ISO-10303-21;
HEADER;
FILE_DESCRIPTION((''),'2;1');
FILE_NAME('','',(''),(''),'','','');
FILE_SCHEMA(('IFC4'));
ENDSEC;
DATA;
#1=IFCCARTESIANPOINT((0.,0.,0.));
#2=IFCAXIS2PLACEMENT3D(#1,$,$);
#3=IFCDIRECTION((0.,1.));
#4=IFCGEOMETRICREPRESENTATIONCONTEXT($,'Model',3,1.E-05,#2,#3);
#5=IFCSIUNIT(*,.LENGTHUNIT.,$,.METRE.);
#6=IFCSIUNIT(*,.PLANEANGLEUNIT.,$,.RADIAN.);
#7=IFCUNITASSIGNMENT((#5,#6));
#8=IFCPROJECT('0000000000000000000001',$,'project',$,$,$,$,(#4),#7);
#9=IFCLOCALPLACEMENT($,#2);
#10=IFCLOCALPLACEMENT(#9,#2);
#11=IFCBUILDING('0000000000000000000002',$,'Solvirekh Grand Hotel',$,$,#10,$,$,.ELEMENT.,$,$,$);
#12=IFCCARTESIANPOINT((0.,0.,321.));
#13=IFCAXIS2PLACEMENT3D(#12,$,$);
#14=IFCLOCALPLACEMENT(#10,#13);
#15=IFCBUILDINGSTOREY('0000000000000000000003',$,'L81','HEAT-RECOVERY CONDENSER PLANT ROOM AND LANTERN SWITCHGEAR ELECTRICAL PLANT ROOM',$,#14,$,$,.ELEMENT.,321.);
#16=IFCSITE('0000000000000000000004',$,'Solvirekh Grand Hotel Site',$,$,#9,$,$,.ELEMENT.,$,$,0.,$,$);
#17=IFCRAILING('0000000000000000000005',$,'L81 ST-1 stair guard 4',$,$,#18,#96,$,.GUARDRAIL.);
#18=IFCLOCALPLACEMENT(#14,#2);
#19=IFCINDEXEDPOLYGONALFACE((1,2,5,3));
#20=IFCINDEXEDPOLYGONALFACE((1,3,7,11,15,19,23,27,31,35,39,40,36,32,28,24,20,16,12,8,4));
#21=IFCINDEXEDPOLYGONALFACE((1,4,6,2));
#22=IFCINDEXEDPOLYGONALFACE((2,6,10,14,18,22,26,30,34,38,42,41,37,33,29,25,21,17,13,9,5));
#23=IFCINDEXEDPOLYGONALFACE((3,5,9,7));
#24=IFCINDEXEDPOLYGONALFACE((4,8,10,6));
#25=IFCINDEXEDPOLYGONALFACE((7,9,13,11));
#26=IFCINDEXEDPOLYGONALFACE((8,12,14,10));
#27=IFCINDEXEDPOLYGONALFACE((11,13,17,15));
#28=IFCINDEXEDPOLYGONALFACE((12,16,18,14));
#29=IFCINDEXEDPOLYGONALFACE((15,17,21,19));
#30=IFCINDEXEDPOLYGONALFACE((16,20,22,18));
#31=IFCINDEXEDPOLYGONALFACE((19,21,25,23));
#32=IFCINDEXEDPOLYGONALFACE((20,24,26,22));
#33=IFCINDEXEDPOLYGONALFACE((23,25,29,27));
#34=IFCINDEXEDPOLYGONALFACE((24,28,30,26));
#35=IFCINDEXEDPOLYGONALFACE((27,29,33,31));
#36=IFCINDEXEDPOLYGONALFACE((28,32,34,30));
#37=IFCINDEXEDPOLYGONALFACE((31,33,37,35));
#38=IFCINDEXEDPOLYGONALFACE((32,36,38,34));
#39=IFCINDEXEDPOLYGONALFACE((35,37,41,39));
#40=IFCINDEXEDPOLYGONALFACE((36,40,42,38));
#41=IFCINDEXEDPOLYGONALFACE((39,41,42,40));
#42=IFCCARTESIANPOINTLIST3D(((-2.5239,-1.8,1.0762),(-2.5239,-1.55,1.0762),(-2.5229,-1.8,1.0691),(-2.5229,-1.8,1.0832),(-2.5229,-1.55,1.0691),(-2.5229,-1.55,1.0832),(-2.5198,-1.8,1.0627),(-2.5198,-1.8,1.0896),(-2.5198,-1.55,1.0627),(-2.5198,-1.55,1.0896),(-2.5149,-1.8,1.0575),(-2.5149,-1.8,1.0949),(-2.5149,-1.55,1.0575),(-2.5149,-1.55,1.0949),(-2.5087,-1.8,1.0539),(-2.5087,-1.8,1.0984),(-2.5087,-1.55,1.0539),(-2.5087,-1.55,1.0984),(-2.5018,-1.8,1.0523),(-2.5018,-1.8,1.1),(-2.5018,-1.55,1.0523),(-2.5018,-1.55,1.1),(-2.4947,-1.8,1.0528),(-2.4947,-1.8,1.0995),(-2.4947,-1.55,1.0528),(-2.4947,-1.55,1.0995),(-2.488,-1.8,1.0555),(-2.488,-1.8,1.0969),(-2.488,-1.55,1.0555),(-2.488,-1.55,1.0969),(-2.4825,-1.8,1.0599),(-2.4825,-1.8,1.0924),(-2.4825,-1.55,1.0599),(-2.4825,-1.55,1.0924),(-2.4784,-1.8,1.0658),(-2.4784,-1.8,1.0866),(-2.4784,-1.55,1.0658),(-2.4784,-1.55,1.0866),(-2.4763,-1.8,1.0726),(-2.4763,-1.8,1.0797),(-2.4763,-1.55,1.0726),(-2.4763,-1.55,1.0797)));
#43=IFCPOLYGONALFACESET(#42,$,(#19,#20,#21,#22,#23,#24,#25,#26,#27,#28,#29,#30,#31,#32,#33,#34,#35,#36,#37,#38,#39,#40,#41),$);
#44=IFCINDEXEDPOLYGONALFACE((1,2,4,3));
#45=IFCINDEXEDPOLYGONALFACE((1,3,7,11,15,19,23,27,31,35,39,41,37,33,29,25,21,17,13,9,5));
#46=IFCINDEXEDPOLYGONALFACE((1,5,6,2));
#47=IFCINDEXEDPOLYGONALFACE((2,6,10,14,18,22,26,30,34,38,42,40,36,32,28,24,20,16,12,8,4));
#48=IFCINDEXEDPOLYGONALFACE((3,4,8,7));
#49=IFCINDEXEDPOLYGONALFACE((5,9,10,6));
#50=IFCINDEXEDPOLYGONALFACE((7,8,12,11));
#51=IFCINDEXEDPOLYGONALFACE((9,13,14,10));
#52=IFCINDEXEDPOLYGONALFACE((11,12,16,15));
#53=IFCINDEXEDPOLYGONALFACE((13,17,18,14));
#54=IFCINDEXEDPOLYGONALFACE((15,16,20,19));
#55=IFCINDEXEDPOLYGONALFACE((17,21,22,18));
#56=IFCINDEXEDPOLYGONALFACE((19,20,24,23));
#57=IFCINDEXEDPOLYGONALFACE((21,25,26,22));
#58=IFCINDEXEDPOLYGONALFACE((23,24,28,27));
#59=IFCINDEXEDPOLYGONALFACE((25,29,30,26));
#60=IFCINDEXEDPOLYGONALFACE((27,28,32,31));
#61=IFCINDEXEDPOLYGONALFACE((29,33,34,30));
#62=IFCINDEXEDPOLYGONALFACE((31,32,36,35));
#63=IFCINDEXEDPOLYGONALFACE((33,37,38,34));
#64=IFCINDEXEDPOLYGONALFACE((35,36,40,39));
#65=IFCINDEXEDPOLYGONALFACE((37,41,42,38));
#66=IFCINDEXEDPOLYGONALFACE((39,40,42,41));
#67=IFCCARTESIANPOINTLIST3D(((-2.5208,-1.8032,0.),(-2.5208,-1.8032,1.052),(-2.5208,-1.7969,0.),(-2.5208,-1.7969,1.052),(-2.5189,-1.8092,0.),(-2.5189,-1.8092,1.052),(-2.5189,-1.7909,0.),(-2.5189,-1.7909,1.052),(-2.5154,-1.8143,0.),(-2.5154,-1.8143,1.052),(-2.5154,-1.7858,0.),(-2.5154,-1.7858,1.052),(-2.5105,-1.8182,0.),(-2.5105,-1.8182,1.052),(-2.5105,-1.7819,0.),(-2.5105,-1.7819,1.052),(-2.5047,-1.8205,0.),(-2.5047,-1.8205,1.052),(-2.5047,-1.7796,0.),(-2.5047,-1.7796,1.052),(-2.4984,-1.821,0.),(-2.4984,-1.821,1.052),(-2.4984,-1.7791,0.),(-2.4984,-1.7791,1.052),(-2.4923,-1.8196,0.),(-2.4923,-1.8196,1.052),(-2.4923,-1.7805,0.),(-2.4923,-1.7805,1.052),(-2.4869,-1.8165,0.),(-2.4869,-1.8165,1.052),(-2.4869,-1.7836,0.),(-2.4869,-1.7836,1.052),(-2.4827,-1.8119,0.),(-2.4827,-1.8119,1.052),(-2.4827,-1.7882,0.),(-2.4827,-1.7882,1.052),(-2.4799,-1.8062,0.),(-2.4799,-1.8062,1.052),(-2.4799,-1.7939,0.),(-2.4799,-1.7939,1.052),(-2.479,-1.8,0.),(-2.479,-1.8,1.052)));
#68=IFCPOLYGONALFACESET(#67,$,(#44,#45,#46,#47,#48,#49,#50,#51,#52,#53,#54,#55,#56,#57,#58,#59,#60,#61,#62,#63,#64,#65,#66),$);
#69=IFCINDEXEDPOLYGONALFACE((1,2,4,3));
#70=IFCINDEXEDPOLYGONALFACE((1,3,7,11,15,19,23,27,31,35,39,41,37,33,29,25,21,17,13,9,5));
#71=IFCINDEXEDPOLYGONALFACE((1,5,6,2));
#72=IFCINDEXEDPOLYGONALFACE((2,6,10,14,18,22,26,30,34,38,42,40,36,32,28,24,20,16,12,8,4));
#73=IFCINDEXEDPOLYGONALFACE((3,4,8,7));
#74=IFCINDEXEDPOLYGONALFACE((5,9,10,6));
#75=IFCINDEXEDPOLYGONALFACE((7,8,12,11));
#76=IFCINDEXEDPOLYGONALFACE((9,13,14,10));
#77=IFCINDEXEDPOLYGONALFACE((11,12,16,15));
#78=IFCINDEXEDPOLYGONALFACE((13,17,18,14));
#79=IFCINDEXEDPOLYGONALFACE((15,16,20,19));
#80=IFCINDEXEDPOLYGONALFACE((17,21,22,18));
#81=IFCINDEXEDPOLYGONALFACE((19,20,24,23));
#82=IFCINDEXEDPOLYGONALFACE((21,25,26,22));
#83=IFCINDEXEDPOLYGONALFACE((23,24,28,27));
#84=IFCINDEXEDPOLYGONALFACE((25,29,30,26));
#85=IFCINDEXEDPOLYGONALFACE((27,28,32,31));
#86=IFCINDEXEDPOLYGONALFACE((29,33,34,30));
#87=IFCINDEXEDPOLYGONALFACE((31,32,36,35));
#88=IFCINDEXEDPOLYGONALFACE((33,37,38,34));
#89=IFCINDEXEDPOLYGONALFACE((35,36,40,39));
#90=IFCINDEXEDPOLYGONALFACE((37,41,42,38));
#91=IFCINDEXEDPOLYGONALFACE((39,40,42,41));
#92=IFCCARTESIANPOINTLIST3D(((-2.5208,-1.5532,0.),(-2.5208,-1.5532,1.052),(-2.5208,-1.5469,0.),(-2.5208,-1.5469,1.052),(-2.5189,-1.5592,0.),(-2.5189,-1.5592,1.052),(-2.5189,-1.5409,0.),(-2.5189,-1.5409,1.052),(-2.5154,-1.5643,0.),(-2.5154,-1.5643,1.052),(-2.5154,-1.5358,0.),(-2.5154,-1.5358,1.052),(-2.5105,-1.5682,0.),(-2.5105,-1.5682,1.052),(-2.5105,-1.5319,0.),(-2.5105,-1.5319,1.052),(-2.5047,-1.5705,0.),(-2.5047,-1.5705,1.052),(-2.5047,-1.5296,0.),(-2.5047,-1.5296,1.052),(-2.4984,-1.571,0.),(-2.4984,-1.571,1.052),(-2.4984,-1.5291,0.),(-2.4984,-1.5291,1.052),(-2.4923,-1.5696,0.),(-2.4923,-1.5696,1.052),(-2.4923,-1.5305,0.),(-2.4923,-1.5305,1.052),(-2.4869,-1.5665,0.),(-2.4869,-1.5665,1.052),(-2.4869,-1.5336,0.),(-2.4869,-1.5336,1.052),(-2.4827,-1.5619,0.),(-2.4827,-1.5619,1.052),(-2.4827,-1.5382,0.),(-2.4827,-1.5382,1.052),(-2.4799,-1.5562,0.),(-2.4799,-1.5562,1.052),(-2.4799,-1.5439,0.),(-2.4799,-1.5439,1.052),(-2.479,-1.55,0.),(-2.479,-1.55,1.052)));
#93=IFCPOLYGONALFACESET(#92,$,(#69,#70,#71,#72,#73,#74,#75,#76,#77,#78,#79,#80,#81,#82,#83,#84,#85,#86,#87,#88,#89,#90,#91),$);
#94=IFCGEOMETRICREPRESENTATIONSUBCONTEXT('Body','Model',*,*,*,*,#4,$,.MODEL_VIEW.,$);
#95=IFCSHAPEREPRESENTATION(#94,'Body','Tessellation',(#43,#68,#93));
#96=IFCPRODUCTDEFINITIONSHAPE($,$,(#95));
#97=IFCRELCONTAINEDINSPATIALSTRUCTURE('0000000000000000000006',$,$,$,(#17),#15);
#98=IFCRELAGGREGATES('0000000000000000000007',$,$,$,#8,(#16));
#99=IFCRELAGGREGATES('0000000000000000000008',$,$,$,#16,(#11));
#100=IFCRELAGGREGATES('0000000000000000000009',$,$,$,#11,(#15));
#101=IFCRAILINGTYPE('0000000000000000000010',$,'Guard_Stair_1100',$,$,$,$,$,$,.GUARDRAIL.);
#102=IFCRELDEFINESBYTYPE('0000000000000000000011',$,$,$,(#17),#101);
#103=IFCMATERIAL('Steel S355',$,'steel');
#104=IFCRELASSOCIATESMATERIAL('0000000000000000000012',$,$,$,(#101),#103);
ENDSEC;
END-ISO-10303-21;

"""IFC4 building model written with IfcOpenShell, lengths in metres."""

from ifc_helpers import new_model, si_unit, direction, frame, origin, origin_2d, place, context, subcontext, project, spatial, circle, extrude, material, type_object, element, save


model = new_model("IFC4")

# Units and contexts
model_context = context("Model", 3, precision=1e-05, world=origin(), true_north=direction((0.0, 1.0)))
body_context = subcontext(model_context, "Body", "Model", "MODEL_VIEW")
ifc_project = project(units=[si_unit("LENGTHUNIT", "METRE"), si_unit("PLANEANGLEUNIT", "RADIAN")], contexts=[model_context])

# Site, building, storey
site_placement = place(None, origin())
site = spatial("IfcSite", under=ifc_project, at=site_placement, Name="Solvirekh Grand Hotel Site", CompositionType="ELEMENT", RefElevation=0.0)
building_placement = place(site_placement, origin())
building = spatial("IfcBuilding", under=site, at=building_placement, Name="Solvirekh Grand Hotel", CompositionType="ELEMENT")
storey_placement = place(building_placement, frame((0.0, 0.0, 321.0)))
storey = spatial("IfcBuildingStorey", under=building, at=storey_placement, Name="L81", Description="HEAT-RECOVERY CONDENSER PLANT ROOM AND LANTERN SWITCHGEAR ELECTRICAL PLANT ROOM", CompositionType="ELEMENT", Elevation=321.0)

# Shared definitions
ifc_material_1 = material(Name="Steel S355", Category="steel")

# Railing
railing_type_1 = type_object("IfcRailingType", Name="Guard_Stair_1100", PredefinedType="GUARDRAIL", material=ifc_material_1)
railing_1_placement = place(storey_placement, frame((-2.5, -1.8, 0.0)))
element("IfcRailing", 1, at=railing_1_placement, inside=storey, type_object=railing_type_1, Name="L81 ST-1 stair guard 4", PredefinedType="GUARDRAIL", context=body_context, shape_type="SweptSolid", body=[
    extrude(circle(Radius=0.0239, at=origin_2d()), frame((0.0, 0.0, 1.0762), z_axis=(0.0, 1.0, 0.0), x_axis=(-1.0, 0.0, 0.0)), (0.0, 0.0, 1.0), 0.25),
    extrude(circle(Radius=0.021, at=origin_2d()), origin(), (0.0, 0.0, 1.0), 1.052),
    extrude(circle(Radius=0.021, at=origin_2d()), frame((0.0, 0.25, 0.0)), (0.0, 0.0, 1.0), 1.052),
])

save(model, "model.ifc")
